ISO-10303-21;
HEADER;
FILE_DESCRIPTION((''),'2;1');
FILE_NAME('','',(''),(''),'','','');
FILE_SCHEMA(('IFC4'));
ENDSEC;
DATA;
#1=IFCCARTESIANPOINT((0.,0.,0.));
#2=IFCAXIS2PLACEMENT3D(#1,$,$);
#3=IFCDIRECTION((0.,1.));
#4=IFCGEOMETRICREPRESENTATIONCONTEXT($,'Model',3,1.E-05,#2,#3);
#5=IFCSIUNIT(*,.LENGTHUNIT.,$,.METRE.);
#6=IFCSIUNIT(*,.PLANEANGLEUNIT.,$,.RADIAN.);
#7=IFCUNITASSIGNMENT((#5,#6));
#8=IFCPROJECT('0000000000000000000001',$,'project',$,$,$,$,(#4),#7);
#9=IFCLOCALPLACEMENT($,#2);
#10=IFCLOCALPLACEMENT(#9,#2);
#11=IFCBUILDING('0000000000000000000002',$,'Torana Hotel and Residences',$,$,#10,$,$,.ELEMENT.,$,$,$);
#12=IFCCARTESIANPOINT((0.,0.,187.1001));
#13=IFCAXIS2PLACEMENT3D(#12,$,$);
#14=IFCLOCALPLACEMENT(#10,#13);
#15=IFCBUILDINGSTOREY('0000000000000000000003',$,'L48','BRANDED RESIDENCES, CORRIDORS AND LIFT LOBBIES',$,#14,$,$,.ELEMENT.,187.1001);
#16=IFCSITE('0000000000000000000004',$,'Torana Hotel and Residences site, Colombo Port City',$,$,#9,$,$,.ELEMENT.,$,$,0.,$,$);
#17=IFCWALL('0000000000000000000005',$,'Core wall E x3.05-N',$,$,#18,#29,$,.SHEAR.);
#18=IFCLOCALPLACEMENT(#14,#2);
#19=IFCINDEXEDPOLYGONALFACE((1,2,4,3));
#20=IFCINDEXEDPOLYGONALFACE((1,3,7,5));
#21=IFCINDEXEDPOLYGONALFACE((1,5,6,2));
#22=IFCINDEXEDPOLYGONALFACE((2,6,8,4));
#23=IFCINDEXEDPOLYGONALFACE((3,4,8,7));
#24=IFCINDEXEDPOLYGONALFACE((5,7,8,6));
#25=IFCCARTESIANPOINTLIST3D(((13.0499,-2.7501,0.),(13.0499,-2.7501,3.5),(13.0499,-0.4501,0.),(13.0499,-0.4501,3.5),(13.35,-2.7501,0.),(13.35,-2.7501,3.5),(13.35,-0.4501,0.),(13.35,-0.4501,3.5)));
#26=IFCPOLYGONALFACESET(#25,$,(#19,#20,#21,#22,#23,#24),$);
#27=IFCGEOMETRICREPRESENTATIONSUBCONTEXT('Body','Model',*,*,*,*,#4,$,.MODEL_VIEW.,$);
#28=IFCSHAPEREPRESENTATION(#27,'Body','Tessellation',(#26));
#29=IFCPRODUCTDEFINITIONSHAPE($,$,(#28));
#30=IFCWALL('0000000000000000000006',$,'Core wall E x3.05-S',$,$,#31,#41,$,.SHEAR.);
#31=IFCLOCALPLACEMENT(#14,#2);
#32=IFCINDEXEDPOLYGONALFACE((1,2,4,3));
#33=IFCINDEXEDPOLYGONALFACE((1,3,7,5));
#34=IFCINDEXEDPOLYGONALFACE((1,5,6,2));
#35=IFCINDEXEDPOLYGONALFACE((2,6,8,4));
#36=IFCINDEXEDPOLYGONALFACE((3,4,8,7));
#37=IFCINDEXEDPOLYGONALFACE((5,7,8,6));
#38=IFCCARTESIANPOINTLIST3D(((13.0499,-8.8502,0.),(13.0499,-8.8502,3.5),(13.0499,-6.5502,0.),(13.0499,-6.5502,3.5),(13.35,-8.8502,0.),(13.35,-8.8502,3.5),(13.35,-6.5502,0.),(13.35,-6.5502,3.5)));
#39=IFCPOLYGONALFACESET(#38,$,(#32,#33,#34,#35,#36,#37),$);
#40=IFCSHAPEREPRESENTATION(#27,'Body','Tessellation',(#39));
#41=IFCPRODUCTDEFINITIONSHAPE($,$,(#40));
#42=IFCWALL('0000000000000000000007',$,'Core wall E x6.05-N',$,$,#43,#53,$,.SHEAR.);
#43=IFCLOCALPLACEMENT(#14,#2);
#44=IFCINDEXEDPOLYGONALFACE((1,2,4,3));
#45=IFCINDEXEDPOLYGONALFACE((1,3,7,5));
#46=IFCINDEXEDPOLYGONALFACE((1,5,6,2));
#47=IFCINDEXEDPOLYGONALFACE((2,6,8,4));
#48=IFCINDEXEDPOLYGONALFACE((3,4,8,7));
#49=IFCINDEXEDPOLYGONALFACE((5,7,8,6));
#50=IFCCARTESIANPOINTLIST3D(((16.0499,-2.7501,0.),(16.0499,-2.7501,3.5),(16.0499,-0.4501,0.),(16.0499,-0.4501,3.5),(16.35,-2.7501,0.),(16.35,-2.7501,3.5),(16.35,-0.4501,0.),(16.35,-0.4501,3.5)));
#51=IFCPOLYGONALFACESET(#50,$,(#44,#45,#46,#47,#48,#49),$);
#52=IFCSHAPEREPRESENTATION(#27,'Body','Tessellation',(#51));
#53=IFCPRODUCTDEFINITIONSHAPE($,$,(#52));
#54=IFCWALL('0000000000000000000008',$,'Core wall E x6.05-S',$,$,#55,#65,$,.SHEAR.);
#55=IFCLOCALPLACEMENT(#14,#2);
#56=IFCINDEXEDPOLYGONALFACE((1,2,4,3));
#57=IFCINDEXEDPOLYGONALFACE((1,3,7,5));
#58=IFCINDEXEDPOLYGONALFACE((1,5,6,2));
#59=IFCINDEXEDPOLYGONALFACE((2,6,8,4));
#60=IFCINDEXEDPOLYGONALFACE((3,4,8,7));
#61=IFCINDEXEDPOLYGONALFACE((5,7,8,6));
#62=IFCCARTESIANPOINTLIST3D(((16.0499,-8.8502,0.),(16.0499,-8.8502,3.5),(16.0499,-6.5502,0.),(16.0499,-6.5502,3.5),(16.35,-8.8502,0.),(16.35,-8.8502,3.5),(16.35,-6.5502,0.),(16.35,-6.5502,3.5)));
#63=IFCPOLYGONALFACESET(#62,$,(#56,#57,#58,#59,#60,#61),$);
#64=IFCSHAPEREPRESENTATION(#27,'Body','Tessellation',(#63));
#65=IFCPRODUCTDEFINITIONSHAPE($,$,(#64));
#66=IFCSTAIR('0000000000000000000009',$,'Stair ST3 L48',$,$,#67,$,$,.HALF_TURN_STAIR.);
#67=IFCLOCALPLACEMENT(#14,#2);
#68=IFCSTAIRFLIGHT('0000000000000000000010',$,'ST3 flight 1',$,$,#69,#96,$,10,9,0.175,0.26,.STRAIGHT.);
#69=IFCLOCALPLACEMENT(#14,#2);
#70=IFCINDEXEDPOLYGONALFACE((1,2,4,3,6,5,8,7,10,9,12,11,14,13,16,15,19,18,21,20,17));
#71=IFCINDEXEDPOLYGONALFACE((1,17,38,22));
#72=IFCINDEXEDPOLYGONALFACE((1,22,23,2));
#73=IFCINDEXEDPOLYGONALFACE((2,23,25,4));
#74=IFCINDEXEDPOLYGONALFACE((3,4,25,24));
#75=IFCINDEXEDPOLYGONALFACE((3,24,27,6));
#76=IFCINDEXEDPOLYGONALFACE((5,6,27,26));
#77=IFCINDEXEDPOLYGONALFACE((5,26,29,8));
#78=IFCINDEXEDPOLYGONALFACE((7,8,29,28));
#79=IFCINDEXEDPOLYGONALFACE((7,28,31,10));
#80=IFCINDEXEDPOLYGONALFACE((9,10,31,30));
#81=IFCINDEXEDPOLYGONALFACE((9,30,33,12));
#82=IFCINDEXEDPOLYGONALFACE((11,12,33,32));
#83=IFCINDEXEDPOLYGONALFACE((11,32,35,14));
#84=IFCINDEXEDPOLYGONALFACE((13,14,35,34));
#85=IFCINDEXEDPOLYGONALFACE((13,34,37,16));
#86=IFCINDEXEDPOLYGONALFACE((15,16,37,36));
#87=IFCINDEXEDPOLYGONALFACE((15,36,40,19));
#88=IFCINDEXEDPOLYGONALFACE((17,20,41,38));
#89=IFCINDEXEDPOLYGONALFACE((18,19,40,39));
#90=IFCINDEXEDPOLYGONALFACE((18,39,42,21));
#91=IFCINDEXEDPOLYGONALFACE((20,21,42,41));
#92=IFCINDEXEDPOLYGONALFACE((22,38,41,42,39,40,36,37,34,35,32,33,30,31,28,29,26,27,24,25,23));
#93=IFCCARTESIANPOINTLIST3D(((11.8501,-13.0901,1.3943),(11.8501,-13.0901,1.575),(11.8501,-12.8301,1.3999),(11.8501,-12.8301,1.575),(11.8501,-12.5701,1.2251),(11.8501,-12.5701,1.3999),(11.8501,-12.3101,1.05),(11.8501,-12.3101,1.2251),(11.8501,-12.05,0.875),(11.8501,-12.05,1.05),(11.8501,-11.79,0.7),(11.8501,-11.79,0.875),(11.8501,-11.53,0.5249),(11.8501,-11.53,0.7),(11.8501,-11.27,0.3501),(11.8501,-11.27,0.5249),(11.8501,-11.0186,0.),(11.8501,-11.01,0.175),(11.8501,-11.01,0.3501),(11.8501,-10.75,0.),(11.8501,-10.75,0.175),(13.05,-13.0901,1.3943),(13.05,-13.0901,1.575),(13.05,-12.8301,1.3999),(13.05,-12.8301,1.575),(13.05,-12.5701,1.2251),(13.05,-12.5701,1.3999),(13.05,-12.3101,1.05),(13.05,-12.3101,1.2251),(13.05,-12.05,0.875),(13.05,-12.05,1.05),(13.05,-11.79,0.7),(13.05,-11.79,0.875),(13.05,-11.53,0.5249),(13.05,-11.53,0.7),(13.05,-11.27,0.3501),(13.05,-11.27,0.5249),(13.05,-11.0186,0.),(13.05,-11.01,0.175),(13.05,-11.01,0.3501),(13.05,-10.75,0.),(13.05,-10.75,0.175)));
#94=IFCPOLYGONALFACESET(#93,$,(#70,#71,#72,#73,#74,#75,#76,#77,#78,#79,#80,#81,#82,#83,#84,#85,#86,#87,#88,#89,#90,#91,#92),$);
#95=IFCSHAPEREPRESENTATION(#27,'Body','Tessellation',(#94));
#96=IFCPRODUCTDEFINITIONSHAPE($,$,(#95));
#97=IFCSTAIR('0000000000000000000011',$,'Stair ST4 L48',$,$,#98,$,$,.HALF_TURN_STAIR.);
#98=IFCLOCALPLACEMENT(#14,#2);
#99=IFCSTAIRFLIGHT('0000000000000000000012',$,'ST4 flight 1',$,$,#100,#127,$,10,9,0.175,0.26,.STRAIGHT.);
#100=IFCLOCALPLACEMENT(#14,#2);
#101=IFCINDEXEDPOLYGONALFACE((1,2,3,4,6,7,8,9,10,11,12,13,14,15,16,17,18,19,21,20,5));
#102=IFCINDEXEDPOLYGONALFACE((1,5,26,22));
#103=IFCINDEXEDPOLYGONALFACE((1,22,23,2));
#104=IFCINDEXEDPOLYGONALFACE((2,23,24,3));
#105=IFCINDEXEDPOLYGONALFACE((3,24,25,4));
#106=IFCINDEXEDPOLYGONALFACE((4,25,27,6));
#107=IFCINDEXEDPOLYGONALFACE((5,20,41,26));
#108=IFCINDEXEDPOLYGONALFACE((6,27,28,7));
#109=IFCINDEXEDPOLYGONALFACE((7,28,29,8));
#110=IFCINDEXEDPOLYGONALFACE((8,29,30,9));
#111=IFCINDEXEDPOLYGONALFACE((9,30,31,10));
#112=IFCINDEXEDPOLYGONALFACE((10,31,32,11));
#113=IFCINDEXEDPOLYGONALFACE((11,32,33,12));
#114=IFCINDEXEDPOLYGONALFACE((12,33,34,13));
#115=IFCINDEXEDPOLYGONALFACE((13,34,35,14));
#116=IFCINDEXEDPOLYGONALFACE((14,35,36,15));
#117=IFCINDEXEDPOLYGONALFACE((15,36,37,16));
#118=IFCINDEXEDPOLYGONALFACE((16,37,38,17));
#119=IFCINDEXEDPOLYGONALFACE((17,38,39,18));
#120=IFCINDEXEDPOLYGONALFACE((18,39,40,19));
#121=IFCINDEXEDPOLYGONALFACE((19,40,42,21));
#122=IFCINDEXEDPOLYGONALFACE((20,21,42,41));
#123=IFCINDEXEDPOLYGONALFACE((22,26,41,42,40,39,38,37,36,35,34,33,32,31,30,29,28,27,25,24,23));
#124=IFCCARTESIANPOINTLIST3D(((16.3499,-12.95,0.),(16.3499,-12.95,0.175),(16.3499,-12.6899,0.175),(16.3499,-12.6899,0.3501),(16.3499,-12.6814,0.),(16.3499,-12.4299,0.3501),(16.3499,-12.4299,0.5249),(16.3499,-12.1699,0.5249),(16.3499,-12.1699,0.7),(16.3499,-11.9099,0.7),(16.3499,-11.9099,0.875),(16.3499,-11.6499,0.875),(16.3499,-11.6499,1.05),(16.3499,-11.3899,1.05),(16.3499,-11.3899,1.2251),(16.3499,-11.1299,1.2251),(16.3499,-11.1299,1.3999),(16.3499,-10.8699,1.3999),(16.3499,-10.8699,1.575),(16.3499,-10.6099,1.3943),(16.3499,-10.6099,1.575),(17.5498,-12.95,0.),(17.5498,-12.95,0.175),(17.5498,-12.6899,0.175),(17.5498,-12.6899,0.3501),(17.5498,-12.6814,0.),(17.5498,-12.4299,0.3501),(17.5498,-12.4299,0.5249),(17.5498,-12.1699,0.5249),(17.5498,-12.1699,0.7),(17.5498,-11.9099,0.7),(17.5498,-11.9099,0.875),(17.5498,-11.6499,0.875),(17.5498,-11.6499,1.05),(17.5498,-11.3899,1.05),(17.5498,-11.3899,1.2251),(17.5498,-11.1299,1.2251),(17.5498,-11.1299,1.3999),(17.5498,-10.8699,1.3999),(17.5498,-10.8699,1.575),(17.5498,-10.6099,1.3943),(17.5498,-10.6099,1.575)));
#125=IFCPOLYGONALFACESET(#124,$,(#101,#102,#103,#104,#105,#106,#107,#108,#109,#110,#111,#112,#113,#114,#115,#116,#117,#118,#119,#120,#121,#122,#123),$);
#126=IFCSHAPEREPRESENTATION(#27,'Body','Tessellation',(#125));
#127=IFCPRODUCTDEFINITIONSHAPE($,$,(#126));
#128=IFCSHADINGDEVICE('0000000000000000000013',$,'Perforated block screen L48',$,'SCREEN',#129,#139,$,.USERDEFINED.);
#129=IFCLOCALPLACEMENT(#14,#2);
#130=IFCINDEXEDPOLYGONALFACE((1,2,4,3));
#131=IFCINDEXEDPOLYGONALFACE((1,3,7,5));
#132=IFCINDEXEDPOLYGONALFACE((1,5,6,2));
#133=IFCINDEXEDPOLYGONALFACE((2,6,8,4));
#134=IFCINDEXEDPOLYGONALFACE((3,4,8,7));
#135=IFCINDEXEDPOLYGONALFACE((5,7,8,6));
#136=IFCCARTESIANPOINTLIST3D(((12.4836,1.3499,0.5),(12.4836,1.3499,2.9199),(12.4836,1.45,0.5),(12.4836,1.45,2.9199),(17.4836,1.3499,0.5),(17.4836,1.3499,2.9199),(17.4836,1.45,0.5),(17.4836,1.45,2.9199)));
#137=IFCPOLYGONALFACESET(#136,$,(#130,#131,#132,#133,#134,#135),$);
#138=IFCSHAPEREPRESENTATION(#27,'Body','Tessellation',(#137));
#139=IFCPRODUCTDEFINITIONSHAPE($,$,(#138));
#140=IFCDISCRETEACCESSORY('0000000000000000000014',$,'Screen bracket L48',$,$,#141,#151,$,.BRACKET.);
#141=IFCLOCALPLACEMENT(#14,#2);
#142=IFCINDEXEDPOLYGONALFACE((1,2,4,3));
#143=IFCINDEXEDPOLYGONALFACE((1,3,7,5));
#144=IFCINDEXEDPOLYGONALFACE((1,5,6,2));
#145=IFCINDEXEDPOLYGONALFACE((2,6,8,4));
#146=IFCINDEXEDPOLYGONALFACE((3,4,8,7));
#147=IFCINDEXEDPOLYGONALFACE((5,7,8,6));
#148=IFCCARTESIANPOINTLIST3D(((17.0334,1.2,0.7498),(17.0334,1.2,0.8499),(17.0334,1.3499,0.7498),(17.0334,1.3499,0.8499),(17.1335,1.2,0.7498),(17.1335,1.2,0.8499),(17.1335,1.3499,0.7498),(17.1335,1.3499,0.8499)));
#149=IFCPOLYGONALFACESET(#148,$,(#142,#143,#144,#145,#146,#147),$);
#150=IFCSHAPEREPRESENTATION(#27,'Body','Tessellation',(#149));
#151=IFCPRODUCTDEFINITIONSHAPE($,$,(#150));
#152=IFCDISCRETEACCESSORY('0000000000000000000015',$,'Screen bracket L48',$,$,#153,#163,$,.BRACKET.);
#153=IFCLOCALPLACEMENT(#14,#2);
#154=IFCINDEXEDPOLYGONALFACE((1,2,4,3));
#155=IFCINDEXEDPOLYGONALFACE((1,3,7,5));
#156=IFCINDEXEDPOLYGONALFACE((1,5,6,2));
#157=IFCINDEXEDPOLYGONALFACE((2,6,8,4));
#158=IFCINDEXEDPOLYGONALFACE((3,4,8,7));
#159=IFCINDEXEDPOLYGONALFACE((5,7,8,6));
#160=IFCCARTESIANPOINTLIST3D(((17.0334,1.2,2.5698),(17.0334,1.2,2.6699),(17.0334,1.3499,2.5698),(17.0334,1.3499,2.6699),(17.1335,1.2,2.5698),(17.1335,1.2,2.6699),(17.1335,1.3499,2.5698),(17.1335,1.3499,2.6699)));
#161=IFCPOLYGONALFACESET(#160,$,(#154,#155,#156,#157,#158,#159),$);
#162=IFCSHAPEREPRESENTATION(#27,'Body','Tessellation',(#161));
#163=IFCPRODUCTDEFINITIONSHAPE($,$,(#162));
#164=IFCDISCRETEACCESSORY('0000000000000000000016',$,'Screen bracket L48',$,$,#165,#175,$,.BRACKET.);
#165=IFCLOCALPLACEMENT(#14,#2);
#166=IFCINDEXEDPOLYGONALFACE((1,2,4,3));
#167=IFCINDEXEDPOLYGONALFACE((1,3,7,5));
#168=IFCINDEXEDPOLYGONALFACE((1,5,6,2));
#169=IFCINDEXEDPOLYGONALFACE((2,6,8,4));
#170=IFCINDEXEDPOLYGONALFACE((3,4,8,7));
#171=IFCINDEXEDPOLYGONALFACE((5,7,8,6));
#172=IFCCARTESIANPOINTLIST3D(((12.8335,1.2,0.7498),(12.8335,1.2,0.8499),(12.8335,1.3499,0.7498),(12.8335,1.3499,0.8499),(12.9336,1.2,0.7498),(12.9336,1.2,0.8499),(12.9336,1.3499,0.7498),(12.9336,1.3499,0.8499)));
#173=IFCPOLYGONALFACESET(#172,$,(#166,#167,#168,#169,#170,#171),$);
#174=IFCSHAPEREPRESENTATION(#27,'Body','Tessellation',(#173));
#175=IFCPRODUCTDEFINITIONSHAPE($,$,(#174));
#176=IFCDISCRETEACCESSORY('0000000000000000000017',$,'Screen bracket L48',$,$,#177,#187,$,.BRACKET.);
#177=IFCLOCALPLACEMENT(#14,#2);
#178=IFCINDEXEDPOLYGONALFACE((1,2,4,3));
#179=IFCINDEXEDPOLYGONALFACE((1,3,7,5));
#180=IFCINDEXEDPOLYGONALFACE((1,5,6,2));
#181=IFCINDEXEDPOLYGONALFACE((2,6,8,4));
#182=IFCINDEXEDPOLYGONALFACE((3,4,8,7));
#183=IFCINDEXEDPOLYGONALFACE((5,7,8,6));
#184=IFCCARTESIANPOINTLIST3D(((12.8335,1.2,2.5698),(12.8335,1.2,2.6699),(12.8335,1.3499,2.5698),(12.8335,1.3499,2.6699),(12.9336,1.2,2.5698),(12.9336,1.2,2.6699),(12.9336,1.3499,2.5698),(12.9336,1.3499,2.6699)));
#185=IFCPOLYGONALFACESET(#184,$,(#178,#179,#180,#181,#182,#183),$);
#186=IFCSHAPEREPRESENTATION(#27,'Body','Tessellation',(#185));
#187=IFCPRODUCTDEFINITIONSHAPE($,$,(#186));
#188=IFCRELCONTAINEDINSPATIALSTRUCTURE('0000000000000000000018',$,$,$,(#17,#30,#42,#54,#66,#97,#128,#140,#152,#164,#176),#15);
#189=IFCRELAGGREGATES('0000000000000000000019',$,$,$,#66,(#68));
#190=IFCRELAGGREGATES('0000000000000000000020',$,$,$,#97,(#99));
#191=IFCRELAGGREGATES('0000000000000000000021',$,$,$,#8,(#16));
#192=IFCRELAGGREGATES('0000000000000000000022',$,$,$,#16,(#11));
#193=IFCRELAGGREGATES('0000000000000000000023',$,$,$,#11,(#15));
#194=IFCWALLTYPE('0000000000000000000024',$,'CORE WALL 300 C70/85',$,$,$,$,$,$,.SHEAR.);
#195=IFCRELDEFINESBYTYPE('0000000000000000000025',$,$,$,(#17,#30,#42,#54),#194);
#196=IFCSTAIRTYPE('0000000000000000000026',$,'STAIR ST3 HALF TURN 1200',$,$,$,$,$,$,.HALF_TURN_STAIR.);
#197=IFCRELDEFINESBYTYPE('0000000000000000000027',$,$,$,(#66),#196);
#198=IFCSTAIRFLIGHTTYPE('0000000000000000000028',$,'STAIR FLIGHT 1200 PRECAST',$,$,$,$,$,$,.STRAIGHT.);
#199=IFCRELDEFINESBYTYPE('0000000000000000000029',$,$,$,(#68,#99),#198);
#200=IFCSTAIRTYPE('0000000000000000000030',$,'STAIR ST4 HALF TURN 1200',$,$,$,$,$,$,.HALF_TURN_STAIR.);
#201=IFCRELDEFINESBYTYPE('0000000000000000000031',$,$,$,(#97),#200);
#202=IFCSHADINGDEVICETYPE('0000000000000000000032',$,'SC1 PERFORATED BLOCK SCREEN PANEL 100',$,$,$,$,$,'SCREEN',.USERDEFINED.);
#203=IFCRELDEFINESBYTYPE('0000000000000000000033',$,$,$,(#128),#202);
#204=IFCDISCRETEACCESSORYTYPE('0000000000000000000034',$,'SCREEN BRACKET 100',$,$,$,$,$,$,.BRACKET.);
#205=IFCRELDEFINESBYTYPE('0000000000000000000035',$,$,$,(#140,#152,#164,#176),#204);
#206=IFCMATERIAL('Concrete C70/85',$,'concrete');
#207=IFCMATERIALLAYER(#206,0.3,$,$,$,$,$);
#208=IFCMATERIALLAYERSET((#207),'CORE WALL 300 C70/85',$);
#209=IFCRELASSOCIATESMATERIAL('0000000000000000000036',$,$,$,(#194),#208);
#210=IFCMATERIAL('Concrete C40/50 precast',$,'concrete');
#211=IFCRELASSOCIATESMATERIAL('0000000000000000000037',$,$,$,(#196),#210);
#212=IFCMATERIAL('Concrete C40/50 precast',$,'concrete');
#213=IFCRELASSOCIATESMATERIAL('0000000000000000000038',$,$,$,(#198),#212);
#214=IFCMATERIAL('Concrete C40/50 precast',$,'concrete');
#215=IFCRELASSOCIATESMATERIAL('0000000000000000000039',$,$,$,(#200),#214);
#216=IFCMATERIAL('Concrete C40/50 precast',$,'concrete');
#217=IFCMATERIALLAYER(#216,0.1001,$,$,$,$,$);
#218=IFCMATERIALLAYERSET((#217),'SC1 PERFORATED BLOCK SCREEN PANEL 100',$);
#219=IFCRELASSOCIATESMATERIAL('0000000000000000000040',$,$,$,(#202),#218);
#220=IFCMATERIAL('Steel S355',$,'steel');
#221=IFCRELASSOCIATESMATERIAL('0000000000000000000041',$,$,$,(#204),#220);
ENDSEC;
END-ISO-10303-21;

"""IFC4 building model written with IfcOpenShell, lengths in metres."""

from ifc_helpers import new_model, si_unit, direction, frame, frame_2d, origin, origin_2d, place, context, subcontext, project, spatial, polyline, rectangle, outline, extrude, material, layer, layer_set, type_object, element, aggregate, save


model = new_model("IFC4")

# Units and contexts
model_context = context("Model", 3, precision=1e-05, world=origin(), true_north=direction((0.0, 1.0)))
body_context = subcontext(model_context, "Body", "Model", "MODEL_VIEW")
ifc_project = project(units=[si_unit("LENGTHUNIT", "METRE"), si_unit("PLANEANGLEUNIT", "RADIAN")], contexts=[model_context])

# Site, building, storey
site_placement = place(None, origin())
site = spatial("IfcSite", under=ifc_project, at=site_placement, Name="Torana Hotel and Residences site, Colombo Port City", CompositionType="ELEMENT", RefElevation=0.0)
building_placement = place(site_placement, origin())
building = spatial("IfcBuilding", under=site, at=building_placement, Name="Torana Hotel and Residences", CompositionType="ELEMENT")
storey_placement = place(building_placement, frame((0.0, 0.0, 187.1001)))
storey = spatial("IfcBuildingStorey", under=building, at=storey_placement, Name="L48", Description="BRANDED RESIDENCES, CORRIDORS AND LIFT LOBBIES", CompositionType="ELEMENT", Elevation=187.1001)

# Walls
ifc_material_1 = material(Name="Concrete C70/85", Category="concrete")
ifc_layer_1 = layer(ifc_material_1, 0.3)
ifc_layer_set_1 = layer_set([ifc_layer_1], Name="CORE WALL 300 C70/85")
wall_type = type_object("IfcWallType", Name="CORE WALL 300 C70/85", PredefinedType="SHEAR", material=ifc_layer_set_1)
for number, where, z_axis, x_axis, name in (
    (1, (13.2, -2.75, 0.0), (0.0, 0.0, 1.0), (0.0, 1.0, 0.0), "Core wall E x3.05-N"),
    (2, (13.2, -8.8501, 0.0), (0.0, 0.0, 1.0), (0.0, 1.0, 0.0), "Core wall E x3.05-S"),
    (3, (16.2, -2.75, 0.0), (0.0, 0.0, 1.0), (0.0, 1.0, 0.0), "Core wall E x6.05-N"),
    (4, (16.2, -8.8501, 0.0), (0.0, 0.0, 1.0), (0.0, 1.0, 0.0), "Core wall E x6.05-S"),
):
    element("IfcWall", number, at=place(storey_placement, frame(where, z_axis=z_axis, x_axis=x_axis)), inside=storey, type_object=wall_type, Name=name, PredefinedType="SHEAR", context=body_context, shape_type="SweptSolid", body=[
        extrude(rectangle(XDim=2.3, YDim=0.3, at=frame_2d((1.1499, 0.0))), origin(), (0.0, 0.0, 1.0), 3.5),
    ])

# Stairs, stair flights
ifc_material_2 = material(Name="Concrete C40/50 precast", Category="concrete")
stair_type_1 = type_object("IfcStairType", Name="STAIR ST3 HALF TURN 1200", PredefinedType="HALF_TURN_STAIR", material=ifc_material_2)
stair_1_placement = place(storey_placement, origin())
stair_1 = element("IfcStair", 5, at=stair_1_placement, inside=storey, type_object=stair_type_1, Name="Stair ST3 L48", PredefinedType="HALF_TURN_STAIR")
ifc_material_3 = material(Name="Concrete C40/50 precast", Category="concrete")
stair_flight_type = type_object("IfcStairFlightType", Name="STAIR FLIGHT 1200 PRECAST", PredefinedType="STRAIGHT", material=ifc_material_3)
stair_flight_1_placement = place(storey_placement, frame((12.45, -10.75, 0.0), z_axis=(0.0, 0.0, 1.0), x_axis=(0.0, -1.0, 0.0)))
stair_flight_1 = element("IfcStairFlight", 6, at=stair_flight_1_placement, type_object=stair_flight_type, Name="ST3 flight 1", NumberOfRisers=10, NumberOfTreads=9, PredefinedType="STRAIGHT", RiserHeight=0.175, TreadLength=0.26, context=body_context, shape_type="SweptSolid", body=[
    extrude(outline(polyline([(0.0, 0.0), (0.0, 0.175), (0.26, 0.175), (0.26, 0.3501), (0.52, 0.3501), (0.52, 0.5249), (0.78, 0.5249), (0.78, 0.7), (1.04, 0.7), (1.04, 0.875), (1.3, 0.875), (1.3, 1.05), (1.5601, 1.05), (1.5601, 1.2251), (1.8201, 1.2251), (1.8201, 1.3999), (2.0801, 1.3999), (2.0801, 1.575), (2.3401, 1.575), (2.3401, 1.75), (2.3401, 1.3943), (0.2686, 0.0), (0.0, 0.0)])), frame((0.0, 0.6001, 0.0), z_axis=(0.0, -1.0, 0.0), x_axis=(1.0, 0.0, 0.0)), (0.0, 0.0, 1.0), 1.2),
])
aggregate(stair_1, [stair_flight_1])
ifc_material_4 = material(Name="Concrete C40/50 precast", Category="concrete")
stair_type_2 = type_object("IfcStairType", Name="STAIR ST4 HALF TURN 1200", PredefinedType="HALF_TURN_STAIR", material=ifc_material_4)
stair_2_placement = place(storey_placement, origin())
stair_2 = element("IfcStair", 7, at=stair_2_placement, inside=storey, type_object=stair_type_2, Name="Stair ST4 L48", PredefinedType="HALF_TURN_STAIR")
stair_flight_2_placement = place(storey_placement, frame((16.95, -12.95, 0.0), z_axis=(0.0, 0.0, 1.0), x_axis=(0.0, 1.0, 0.0)))
stair_flight_2 = element("IfcStairFlight", 8, at=stair_flight_2_placement, type_object=stair_flight_type, Name="ST4 flight 1", NumberOfRisers=10, NumberOfTreads=9, PredefinedType="STRAIGHT", RiserHeight=0.175, TreadLength=0.26, context=body_context, shape_type="SweptSolid", body=[
    extrude(outline(polyline([(0.0, 0.0), (0.0, 0.175), (0.26, 0.175), (0.26, 0.3501), (0.52, 0.3501), (0.52, 0.5249), (0.78, 0.5249), (0.78, 0.7), (1.04, 0.7), (1.04, 0.875), (1.3, 0.875), (1.3, 1.05), (1.5601, 1.05), (1.5601, 1.2251), (1.8201, 1.2251), (1.8201, 1.3999), (2.0801, 1.3999), (2.0801, 1.575), (2.3401, 1.575), (2.3401, 1.75), (2.3401, 1.3943), (0.2686, 0.0), (0.0, 0.0)])), frame((0.0, 0.6001, 0.0), z_axis=(0.0, -1.0, 0.0), x_axis=(1.0, 0.0, 0.0)), (0.0, 0.0, 1.0), 1.2),
])
aggregate(stair_2, [stair_flight_2])

# Shading device
ifc_material_5 = material(Name="Concrete C40/50 precast", Category="concrete")
ifc_layer_2 = layer(ifc_material_5, 0.1001)
ifc_layer_set_2 = layer_set([ifc_layer_2], Name="SC1 PERFORATED BLOCK SCREEN PANEL 100")
shading_device_type = type_object("IfcShadingDeviceType", Name="SC1 PERFORATED BLOCK SCREEN PANEL 100", ElementType="SCREEN", PredefinedType="USERDEFINED", material=ifc_layer_set_2)
shading_device_placement = place(storey_placement, frame((14.9836, 1.3999, 0.5), z_axis=(0.0, 0.0, 1.0), x_axis=(-1.0, 0.0, 0.0)))
element("IfcShadingDevice", 9, at=shading_device_placement, inside=storey, type_object=shading_device_type, Name="Perforated block screen L48", ObjectType="SCREEN", PredefinedType="USERDEFINED", context=body_context, shape_type="SweptSolid", body=[
    extrude(rectangle(XDim=5.0, YDim=0.1001, at=origin_2d()), origin(), (0.0, 0.0, 1.0), 2.4199),
])

# Discrete accessories
ifc_material_6 = material(Name="Steel S355", Category="steel")
discrete_accessory_type = type_object("IfcDiscreteAccessoryType", Name="SCREEN BRACKET 100", PredefinedType="BRACKET", material=ifc_material_6)
for number, where, z_axis, x_axis, name in (
    (10, (17.0835, 1.2749, 0.7498), (0.0, 0.0, 1.0), (-1.0, 0.0, 0.0), "Screen bracket L48"),
    (11, (17.0835, 1.2749, 2.5698), (0.0, 0.0, 1.0), (-1.0, 0.0, 0.0), "Screen bracket L48"),
    (12, (12.8835, 1.2749, 0.7498), (0.0, 0.0, 1.0), (-1.0, 0.0, 0.0), "Screen bracket L48"),
    (13, (12.8835, 1.2749, 2.5698), (0.0, 0.0, 1.0), (-1.0, 0.0, 0.0), "Screen bracket L48"),
):
    element("IfcDiscreteAccessory", number, at=place(storey_placement, frame(where, z_axis=z_axis, x_axis=x_axis)), inside=storey, type_object=discrete_accessory_type, Name=name, PredefinedType="BRACKET", context=body_context, shape_type="SweptSolid", body=[
        extrude(rectangle(XDim=0.1001, YDim=0.1499, at=origin_2d()), origin(), (0.0, 0.0, 1.0), 0.1001),
    ])

save(model, "model.ifc")
